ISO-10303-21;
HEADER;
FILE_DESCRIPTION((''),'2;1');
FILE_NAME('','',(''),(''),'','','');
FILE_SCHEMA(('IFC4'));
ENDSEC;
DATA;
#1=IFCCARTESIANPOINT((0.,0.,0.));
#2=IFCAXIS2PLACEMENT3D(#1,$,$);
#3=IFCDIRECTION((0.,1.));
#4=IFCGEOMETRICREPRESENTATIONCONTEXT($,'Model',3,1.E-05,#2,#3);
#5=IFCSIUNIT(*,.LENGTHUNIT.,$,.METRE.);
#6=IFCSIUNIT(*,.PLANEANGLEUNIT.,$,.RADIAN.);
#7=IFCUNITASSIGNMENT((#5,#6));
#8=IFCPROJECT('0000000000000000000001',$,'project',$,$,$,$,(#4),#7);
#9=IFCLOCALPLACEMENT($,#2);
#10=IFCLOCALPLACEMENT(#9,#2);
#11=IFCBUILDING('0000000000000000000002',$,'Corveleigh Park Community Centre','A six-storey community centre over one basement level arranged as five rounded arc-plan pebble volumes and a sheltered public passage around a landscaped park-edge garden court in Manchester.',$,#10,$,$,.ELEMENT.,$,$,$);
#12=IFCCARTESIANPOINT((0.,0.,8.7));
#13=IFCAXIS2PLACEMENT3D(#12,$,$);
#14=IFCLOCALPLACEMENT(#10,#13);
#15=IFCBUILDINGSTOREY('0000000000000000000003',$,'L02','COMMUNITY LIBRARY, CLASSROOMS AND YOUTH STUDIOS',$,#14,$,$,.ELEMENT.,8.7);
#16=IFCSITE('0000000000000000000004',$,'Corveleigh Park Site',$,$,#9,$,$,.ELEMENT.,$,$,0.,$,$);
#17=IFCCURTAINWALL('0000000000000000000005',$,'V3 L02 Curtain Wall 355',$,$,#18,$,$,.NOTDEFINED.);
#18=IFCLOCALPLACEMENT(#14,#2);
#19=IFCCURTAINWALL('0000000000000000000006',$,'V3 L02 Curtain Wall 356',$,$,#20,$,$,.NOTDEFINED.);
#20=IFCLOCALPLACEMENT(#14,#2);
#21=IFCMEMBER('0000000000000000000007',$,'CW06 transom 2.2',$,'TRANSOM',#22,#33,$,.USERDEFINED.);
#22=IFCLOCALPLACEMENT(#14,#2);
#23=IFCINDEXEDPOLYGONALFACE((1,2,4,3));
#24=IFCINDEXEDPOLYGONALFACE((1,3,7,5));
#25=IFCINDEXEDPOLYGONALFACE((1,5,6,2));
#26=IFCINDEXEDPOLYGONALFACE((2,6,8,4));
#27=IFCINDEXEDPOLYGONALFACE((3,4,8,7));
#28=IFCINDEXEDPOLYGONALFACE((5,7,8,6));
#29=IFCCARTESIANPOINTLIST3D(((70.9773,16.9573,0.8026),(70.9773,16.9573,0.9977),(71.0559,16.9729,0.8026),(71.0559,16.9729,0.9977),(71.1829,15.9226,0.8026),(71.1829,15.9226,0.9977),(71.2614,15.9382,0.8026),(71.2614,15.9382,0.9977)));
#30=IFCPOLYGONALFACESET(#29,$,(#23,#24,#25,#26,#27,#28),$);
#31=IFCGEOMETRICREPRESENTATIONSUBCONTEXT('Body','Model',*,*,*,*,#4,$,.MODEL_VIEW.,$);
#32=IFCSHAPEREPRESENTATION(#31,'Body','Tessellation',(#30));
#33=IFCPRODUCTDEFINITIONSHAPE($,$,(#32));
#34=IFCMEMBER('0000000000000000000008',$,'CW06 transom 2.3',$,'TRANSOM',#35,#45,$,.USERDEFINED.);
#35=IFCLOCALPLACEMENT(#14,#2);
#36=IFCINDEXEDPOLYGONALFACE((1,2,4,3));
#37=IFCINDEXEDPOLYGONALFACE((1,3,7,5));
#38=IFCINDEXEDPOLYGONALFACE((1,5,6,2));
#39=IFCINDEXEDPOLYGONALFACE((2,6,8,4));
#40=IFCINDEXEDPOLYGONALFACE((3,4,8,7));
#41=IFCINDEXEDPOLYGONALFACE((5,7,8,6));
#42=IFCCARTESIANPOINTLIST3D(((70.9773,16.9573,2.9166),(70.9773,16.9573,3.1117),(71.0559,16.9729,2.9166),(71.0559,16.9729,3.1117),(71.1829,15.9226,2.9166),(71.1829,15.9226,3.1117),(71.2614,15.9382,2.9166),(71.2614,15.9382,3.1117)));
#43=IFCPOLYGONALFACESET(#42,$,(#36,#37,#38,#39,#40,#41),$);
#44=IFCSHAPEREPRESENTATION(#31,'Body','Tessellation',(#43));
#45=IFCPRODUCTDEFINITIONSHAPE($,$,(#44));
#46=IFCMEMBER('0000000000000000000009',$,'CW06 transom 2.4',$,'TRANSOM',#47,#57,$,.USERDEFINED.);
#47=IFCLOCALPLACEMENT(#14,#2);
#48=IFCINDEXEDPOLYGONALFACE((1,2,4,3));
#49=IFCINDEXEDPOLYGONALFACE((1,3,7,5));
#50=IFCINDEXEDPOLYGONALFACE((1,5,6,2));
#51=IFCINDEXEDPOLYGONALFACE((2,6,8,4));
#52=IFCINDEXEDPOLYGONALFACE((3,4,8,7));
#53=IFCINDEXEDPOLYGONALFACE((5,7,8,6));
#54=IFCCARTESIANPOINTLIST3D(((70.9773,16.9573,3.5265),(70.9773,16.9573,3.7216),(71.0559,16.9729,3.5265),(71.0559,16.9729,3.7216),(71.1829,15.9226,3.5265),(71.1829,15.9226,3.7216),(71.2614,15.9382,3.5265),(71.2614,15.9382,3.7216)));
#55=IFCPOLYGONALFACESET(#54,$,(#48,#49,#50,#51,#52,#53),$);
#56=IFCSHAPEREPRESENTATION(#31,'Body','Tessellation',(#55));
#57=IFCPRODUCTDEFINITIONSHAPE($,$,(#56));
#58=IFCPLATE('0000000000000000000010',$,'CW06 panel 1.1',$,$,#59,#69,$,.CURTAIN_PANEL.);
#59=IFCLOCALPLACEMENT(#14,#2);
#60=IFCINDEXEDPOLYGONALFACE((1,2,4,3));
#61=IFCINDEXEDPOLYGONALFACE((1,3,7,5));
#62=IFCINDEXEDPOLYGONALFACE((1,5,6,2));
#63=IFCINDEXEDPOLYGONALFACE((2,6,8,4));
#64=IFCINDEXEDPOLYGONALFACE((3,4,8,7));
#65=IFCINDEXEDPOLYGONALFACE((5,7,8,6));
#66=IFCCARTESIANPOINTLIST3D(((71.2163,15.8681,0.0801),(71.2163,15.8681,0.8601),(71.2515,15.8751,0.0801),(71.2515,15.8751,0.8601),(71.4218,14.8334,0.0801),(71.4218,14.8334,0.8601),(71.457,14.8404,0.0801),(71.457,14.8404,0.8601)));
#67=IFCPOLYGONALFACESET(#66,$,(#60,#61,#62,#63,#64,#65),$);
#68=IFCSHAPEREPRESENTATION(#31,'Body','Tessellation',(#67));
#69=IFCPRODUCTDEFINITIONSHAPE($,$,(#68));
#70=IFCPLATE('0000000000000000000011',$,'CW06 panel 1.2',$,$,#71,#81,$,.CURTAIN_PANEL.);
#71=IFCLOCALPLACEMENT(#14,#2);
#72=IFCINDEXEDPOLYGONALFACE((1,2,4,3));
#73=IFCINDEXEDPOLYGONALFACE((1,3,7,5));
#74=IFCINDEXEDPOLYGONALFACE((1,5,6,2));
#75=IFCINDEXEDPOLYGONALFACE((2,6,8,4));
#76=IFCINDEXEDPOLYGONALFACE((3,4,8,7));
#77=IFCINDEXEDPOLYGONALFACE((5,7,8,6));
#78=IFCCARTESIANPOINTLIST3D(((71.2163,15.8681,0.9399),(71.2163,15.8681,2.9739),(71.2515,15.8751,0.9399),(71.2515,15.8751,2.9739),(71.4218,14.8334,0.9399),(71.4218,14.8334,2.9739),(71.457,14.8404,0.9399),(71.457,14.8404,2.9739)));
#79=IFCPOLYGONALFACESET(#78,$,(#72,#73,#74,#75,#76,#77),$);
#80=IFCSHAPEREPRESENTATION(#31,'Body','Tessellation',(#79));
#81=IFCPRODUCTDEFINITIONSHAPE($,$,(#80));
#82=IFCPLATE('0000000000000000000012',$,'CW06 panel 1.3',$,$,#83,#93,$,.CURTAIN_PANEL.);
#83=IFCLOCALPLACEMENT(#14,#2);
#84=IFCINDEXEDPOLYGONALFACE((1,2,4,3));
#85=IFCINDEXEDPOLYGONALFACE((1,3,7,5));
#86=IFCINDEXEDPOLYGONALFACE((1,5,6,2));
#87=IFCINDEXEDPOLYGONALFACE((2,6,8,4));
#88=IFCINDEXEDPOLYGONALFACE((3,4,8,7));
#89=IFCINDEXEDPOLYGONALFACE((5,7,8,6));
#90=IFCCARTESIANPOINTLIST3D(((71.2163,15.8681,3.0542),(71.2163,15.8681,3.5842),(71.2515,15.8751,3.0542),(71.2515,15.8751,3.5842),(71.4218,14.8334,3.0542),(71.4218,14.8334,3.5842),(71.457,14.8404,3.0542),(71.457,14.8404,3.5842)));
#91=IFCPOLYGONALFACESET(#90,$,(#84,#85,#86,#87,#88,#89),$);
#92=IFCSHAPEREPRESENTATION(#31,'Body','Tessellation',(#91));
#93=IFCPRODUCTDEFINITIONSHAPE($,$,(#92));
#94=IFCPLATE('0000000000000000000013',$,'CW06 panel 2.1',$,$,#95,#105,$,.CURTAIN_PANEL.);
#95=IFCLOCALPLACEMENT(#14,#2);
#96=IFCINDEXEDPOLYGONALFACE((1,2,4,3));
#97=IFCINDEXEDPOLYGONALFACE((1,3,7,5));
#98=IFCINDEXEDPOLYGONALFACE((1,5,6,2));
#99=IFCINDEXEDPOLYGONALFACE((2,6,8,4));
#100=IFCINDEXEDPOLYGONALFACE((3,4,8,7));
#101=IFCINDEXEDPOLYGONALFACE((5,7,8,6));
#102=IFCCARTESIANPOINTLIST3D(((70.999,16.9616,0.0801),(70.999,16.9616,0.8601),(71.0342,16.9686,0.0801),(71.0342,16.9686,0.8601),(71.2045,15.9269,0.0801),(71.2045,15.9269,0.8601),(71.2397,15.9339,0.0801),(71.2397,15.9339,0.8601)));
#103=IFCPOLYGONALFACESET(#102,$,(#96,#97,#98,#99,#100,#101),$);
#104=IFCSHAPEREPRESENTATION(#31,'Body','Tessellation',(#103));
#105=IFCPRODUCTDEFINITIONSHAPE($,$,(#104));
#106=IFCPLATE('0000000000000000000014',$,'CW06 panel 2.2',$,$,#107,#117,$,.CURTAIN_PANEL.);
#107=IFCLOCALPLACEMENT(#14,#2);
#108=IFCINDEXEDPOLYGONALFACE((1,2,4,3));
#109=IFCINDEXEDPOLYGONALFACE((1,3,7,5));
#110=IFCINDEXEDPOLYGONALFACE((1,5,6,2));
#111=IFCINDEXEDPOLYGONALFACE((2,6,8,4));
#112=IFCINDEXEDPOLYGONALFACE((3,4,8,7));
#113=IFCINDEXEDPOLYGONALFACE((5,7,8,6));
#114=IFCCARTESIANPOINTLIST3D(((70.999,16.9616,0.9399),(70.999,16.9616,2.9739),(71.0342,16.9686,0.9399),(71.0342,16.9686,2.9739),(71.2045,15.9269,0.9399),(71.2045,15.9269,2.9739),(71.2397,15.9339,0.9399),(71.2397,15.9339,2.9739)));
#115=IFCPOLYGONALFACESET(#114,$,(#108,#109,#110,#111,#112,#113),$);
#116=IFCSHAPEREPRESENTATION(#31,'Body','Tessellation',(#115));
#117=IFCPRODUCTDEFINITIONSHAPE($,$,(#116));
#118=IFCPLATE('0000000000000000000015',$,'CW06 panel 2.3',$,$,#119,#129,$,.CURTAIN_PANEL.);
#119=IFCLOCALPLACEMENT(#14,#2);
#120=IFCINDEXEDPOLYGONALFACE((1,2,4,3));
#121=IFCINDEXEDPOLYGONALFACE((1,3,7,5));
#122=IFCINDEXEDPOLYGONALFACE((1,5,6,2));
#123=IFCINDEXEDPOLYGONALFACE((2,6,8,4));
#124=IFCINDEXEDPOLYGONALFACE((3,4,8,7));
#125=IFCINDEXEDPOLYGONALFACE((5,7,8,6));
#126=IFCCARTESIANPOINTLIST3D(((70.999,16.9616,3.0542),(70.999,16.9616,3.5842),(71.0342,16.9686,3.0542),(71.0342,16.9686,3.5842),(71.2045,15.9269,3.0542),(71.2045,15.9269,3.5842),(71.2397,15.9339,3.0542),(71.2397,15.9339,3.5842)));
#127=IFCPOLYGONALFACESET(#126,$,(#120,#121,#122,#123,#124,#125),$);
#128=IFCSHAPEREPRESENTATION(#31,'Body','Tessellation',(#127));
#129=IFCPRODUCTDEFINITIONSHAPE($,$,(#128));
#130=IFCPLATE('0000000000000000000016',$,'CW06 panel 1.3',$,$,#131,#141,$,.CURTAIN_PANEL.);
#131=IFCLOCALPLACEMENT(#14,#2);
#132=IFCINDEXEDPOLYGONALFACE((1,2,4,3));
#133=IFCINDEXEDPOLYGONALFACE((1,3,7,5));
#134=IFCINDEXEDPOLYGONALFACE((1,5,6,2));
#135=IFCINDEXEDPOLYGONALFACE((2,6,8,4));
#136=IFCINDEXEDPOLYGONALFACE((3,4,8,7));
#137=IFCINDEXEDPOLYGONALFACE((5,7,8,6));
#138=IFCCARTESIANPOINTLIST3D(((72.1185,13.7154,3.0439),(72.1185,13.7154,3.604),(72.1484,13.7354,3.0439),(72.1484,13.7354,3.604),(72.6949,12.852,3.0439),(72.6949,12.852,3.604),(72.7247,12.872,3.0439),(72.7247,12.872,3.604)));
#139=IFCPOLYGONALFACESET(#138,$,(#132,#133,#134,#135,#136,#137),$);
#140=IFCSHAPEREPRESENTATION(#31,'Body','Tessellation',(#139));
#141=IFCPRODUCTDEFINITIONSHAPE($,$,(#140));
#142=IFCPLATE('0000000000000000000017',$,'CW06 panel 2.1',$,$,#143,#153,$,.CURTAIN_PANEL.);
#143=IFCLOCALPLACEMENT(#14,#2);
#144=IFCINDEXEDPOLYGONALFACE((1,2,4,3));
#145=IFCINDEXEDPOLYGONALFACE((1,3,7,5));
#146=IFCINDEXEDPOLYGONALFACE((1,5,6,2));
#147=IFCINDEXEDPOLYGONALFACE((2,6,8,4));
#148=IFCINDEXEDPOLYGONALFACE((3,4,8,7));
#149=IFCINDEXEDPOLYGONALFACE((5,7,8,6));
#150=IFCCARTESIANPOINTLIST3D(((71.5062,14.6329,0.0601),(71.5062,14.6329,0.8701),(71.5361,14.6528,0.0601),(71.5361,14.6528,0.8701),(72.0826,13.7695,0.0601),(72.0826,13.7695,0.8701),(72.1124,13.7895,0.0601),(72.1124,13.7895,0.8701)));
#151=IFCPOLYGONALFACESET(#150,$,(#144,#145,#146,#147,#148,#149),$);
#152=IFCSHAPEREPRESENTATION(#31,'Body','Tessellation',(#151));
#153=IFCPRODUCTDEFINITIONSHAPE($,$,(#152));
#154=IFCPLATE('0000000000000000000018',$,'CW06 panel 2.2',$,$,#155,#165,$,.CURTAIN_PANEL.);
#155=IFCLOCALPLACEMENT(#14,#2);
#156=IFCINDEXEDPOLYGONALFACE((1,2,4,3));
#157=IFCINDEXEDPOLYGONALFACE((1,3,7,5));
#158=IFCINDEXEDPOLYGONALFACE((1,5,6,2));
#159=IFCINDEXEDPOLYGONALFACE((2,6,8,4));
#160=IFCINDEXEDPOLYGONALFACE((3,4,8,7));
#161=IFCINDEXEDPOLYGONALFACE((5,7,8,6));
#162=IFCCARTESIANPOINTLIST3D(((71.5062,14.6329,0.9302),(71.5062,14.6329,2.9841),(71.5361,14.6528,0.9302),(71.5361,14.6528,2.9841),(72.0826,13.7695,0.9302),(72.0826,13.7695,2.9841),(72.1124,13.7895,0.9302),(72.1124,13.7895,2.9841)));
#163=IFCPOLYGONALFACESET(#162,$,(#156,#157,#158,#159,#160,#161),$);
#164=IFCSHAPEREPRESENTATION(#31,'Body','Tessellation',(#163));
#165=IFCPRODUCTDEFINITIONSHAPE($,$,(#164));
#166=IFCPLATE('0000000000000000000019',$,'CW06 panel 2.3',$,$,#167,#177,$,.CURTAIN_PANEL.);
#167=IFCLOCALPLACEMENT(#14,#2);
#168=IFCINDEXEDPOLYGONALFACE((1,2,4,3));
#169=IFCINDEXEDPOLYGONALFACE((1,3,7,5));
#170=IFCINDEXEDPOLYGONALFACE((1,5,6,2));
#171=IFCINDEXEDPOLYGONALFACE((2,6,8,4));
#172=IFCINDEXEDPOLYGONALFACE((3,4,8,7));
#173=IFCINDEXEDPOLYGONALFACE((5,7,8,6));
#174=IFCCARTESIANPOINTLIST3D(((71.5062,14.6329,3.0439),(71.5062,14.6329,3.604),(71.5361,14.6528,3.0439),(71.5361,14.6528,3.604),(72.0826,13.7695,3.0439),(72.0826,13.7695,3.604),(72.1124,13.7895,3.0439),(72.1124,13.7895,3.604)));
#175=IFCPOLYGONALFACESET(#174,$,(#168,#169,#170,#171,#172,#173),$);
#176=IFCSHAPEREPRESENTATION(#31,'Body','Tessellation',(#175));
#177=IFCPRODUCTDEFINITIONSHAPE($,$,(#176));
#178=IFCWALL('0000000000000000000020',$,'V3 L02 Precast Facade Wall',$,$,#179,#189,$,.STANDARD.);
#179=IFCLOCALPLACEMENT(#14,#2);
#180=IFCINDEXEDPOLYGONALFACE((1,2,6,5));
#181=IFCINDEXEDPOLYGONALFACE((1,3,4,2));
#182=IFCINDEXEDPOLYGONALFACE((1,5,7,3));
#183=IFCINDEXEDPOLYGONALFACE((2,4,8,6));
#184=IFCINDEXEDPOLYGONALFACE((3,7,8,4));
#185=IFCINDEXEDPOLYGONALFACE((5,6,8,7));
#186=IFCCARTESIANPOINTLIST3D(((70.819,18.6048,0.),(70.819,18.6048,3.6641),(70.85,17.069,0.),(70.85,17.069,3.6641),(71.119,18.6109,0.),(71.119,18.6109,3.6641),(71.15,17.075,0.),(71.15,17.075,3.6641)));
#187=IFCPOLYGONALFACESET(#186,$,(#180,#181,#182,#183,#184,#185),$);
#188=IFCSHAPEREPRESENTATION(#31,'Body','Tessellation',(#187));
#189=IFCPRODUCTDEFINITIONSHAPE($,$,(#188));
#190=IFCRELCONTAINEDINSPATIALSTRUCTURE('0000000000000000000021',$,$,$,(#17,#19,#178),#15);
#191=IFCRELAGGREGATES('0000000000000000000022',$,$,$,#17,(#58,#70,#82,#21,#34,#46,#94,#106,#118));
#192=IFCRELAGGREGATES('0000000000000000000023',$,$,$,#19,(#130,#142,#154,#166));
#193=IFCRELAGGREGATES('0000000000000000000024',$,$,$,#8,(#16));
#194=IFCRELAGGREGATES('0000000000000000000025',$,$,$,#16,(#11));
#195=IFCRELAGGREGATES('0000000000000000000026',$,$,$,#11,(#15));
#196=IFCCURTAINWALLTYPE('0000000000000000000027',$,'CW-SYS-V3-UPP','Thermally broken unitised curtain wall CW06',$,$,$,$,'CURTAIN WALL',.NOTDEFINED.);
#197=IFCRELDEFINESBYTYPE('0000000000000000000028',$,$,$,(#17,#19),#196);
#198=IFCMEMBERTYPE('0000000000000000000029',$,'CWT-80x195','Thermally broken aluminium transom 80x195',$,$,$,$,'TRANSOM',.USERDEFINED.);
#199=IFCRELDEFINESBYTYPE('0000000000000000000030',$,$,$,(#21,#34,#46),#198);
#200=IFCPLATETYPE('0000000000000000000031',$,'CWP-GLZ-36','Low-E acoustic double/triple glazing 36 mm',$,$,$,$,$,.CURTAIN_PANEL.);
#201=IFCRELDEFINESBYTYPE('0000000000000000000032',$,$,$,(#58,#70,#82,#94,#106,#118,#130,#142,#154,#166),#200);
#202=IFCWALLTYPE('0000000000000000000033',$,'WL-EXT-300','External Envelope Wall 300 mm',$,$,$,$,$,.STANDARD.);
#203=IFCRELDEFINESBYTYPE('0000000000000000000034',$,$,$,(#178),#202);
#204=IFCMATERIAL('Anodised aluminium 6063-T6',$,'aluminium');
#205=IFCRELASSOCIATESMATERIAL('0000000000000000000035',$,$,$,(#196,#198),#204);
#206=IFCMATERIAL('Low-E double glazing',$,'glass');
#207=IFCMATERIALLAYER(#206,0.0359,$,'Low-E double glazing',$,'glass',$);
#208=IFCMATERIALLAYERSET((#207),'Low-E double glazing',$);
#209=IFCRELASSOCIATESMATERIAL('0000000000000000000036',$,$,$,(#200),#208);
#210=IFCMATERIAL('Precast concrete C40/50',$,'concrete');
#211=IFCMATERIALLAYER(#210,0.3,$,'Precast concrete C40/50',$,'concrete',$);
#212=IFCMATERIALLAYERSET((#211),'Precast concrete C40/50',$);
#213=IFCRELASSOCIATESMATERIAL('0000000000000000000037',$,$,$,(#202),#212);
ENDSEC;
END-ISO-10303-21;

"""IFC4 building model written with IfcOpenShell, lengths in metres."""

from ifc_helpers import new_model, si_unit, direction, frame, frame_2d, origin, origin_2d, place, context, subcontext, project, spatial, rectangle, extrude, material, layer, layer_set, material_profile, profile_set, type_object, element, aggregate, save


model = new_model("IFC4")

# Units and contexts
model_context = context("Model", 3, precision=1e-05, world=origin(), true_north=direction((0.0, 1.0)))
body_context = subcontext(model_context, "Body", "Model", "MODEL_VIEW")
ifc_project = project(units=[si_unit("LENGTHUNIT", "METRE"), si_unit("PLANEANGLEUNIT", "RADIAN")], contexts=[model_context])

# Site, building, storey
site_placement = place(None, origin())
site = spatial("IfcSite", under=ifc_project, at=site_placement, Name="Corveleigh Park Site", CompositionType="ELEMENT", RefElevation=0.0)
building_placement = place(site_placement, origin())
building = spatial("IfcBuilding", under=site, at=building_placement, Name="Corveleigh Park Community Centre", Description="A six-storey community centre over one basement level arranged as five rounded arc-plan pebble volumes and a sheltered public passage around a landscaped park-edge garden court in Manchester.", CompositionType="ELEMENT")
storey_placement = place(building_placement, frame((0.0, 0.0, 8.7)))
storey = spatial("IfcBuildingStorey", under=building, at=storey_placement, Name="L02", Description="COMMUNITY LIBRARY, CLASSROOMS AND YOUTH STUDIOS", CompositionType="ELEMENT", Elevation=8.7)

# Curtain walls
ifc_material_1 = material(Name="Anodised aluminium 6063-T6", Category="aluminium")
curtain_wall_type = type_object("IfcCurtainWallType", Name="CW-SYS-V3-UPP", Description="Thermally broken unitised curtain wall CW06", ElementType="CURTAIN WALL", PredefinedType="NOTDEFINED", material=ifc_material_1)
curtain_wall_1_placement = place(storey_placement, origin())
curtain_wall_1 = element("IfcCurtainWall", 1, at=curtain_wall_1_placement, inside=storey, type_object=curtain_wall_type, Name="V3 L02 Curtain Wall 355", PredefinedType="NOTDEFINED")
curtain_wall_2_placement = place(storey_placement, origin())
curtain_wall_2 = element("IfcCurtainWall", 2, at=curtain_wall_2_placement, inside=storey, type_object=curtain_wall_type, Name="V3 L02 Curtain Wall 356", PredefinedType="NOTDEFINED")

# Members
ifc_material_profile_1 = material_profile(ifc_material_1, rectangle(XDim=0.0801, YDim=0.1951, at=origin_2d()), Name="ALU-T80x195", Category="aluminium")
ifc_profile_set_1 = profile_set([ifc_material_profile_1], Name="Anodised aluminium 6063-T6")
member_type_1 = type_object("IfcMemberType", Name="CWT-80x195", Description="Thermally broken aluminium transom 80x195", ElementType="TRANSOM", PredefinedType="USERDEFINED", material=ifc_profile_set_1)
member_1_placement = place(storey_placement, frame((71.2222, 15.9304, 0.9001), z_axis=(-0.19487, 0.980829, 0.0), x_axis=(-0.980829, -0.19487, 0.0)))
member_1 = element("IfcMember", 3, at=member_1_placement, type_object=member_type_1, Name="CW06 transom 2.2", ObjectType="TRANSOM", PredefinedType="USERDEFINED", context=body_context, shape_type="SweptSolid", body=[
    extrude(rectangle(XDim=0.0801, YDim=0.1951, at=origin_2d()), origin(), (0.0, 0.0, 1.0), 1.0549),
])
member_2_placement = place(storey_placement, frame((71.2222, 15.9304, 3.0142), z_axis=(-0.19487, 0.980829, 0.0), x_axis=(-0.980829, -0.19487, 0.0)))
member_2 = element("IfcMember", 4, at=member_2_placement, type_object=member_type_1, Name="CW06 transom 2.3", ObjectType="TRANSOM", PredefinedType="USERDEFINED", context=body_context, shape_type="SweptSolid", body=[
    extrude(rectangle(XDim=0.0801, YDim=0.1951, at=origin_2d()), origin(), (0.0, 0.0, 1.0), 1.0549),
])
member_3_placement = place(storey_placement, frame((71.2222, 15.9304, 3.624), z_axis=(-0.19487, 0.980829, 0.0), x_axis=(-0.980829, -0.19487, 0.0)))
member_3 = element("IfcMember", 5, at=member_3_placement, type_object=member_type_1, Name="CW06 transom 2.4", ObjectType="TRANSOM", PredefinedType="USERDEFINED", context=body_context, shape_type="SweptSolid", body=[
    extrude(rectangle(XDim=0.0801, YDim=0.1951, at=origin_2d()), origin(), (0.0, 0.0, 1.0), 1.0549),
])

# Plates
ifc_material_2 = material(Name="Low-E double glazing", Category="glass")
ifc_layer_1 = layer(ifc_material_2, 0.0359, Name="Low-E double glazing", Category="glass")
ifc_layer_set_1 = layer_set([ifc_layer_1], Name="Low-E double glazing")
plate_type = type_object("IfcPlateType", Name="CWP-GLZ-36", Description="Low-E acoustic double/triple glazing 36 mm", PredefinedType="CURTAIN_PANEL", material=ifc_layer_set_1)
plate_1_placement = place(storey_placement, frame((71.3367, 15.3542, 0.0801), z_axis=(0.0, 0.0, 1.0), x_axis=(-0.194772, 0.980848, 0.0)))
plate_1 = element("IfcPlate", 6, at=plate_1_placement, type_object=plate_type, Name="CW06 panel 1.1", PredefinedType="CURTAIN_PANEL", context=body_context, shape_type="SweptSolid", body=[
    extrude(rectangle(XDim=1.0549, YDim=0.0359, at=origin_2d()), origin(), (0.0, 0.0, 1.0), 0.78),
])
plate_2_placement = place(storey_placement, frame((71.3367, 15.3542, 0.9399), z_axis=(0.0, 0.0, 1.0), x_axis=(-0.194772, 0.980848, 0.0)))
plate_2 = element("IfcPlate", 7, at=plate_2_placement, type_object=plate_type, Name="CW06 panel 1.2", PredefinedType="CURTAIN_PANEL", context=body_context, shape_type="SweptSolid", body=[
    extrude(rectangle(XDim=1.0549, YDim=0.0359, at=origin_2d()), origin(), (0.0, 0.0, 1.0), 2.0339),
])
plate_3_placement = place(storey_placement, frame((71.3367, 15.3542, 3.0542), z_axis=(0.0, 0.0, 1.0), x_axis=(-0.194772, 0.980848, 0.0)))
plate_3 = element("IfcPlate", 8, at=plate_3_placement, type_object=plate_type, Name="CW06 panel 1.3", PredefinedType="CURTAIN_PANEL", context=body_context, shape_type="SweptSolid", body=[
    extrude(rectangle(XDim=1.0549, YDim=0.0359, at=origin_2d()), origin(), (0.0, 0.0, 1.0), 0.53),
])
plate_4_placement = place(storey_placement, frame((71.1194, 16.4478, 0.0801), z_axis=(0.0, 0.0, 1.0), x_axis=(-0.194772, 0.980848, 0.0)))
plate_4 = element("IfcPlate", 9, at=plate_4_placement, type_object=plate_type, Name="CW06 panel 2.1", PredefinedType="CURTAIN_PANEL", context=body_context, shape_type="SweptSolid", body=[
    extrude(rectangle(XDim=1.0549, YDim=0.0359, at=origin_2d()), origin(), (0.0, 0.0, 1.0), 0.78),
])
plate_5_placement = place(storey_placement, frame((71.1194, 16.4478, 0.9399), z_axis=(0.0, 0.0, 1.0), x_axis=(-0.194772, 0.980848, 0.0)))
plate_5 = element("IfcPlate", 10, at=plate_5_placement, type_object=plate_type, Name="CW06 panel 2.2", PredefinedType="CURTAIN_PANEL", context=body_context, shape_type="SweptSolid", body=[
    extrude(rectangle(XDim=1.0549, YDim=0.0359, at=origin_2d()), origin(), (0.0, 0.0, 1.0), 2.0339),
])
plate_6_placement = place(storey_placement, frame((71.1194, 16.4478, 3.0542), z_axis=(0.0, 0.0, 1.0), x_axis=(-0.194772, 0.980848, 0.0)))
plate_6 = element("IfcPlate", 11, at=plate_6_placement, type_object=plate_type, Name="CW06 panel 2.3", PredefinedType="CURTAIN_PANEL", context=body_context, shape_type="SweptSolid", body=[
    extrude(rectangle(XDim=1.0549, YDim=0.0359, at=origin_2d()), origin(), (0.0, 0.0, 1.0), 0.53),
])
aggregate(curtain_wall_1, [plate_1, plate_2, plate_3, member_1, member_2, member_3, plate_4, plate_5, plate_6])
plate_7_placement = place(storey_placement, frame((72.4216, 13.2937, 3.0439), z_axis=(0.0, 0.0, 1.0), x_axis=(-0.555208, 0.831711, 0.0)))
plate_7 = element("IfcPlate", 12, at=plate_7_placement, type_object=plate_type, Name="CW06 panel 1.3", PredefinedType="CURTAIN_PANEL", context=body_context, shape_type="SweptSolid", body=[
    extrude(rectangle(XDim=1.0381, YDim=0.0359, at=origin_2d()), origin(), (0.0, 0.0, 1.0), 0.5601),
])
plate_8_placement = place(storey_placement, frame((71.8093, 14.2112, 0.0601), z_axis=(0.0, 0.0, 1.0), x_axis=(-0.555208, 0.831711, 0.0)))
plate_8 = element("IfcPlate", 13, at=plate_8_placement, type_object=plate_type, Name="CW06 panel 2.1", PredefinedType="CURTAIN_PANEL", context=body_context, shape_type="SweptSolid", body=[
    extrude(rectangle(XDim=1.0381, YDim=0.0359, at=origin_2d()), origin(), (0.0, 0.0, 1.0), 0.8101),
])
plate_9_placement = place(storey_placement, frame((71.8093, 14.2112, 0.9302), z_axis=(0.0, 0.0, 1.0), x_axis=(-0.555208, 0.831711, 0.0)))
plate_9 = element("IfcPlate", 14, at=plate_9_placement, type_object=plate_type, Name="CW06 panel 2.2", PredefinedType="CURTAIN_PANEL", context=body_context, shape_type="SweptSolid", body=[
    extrude(rectangle(XDim=1.0381, YDim=0.0359, at=origin_2d()), origin(), (0.0, 0.0, 1.0), 2.054),
])
plate_10_placement = place(storey_placement, frame((71.8093, 14.2112, 3.0439), z_axis=(0.0, 0.0, 1.0), x_axis=(-0.555208, 0.831711, 0.0)))
plate_10 = element("IfcPlate", 15, at=plate_10_placement, type_object=plate_type, Name="CW06 panel 2.3", PredefinedType="CURTAIN_PANEL", context=body_context, shape_type="SweptSolid", body=[
    extrude(rectangle(XDim=1.0381, YDim=0.0359, at=origin_2d()), origin(), (0.0, 0.0, 1.0), 0.5601),
])
aggregate(curtain_wall_2, [plate_7, plate_8, plate_9, plate_10])

# Wall
ifc_material_3 = material(Name="Precast concrete C40/50", Category="concrete")
ifc_layer_2 = layer(ifc_material_3, 0.3, Name="Precast concrete C40/50", Category="concrete")
ifc_layer_set_2 = layer_set([ifc_layer_2], Name="Precast concrete C40/50")
wall_type = type_object("IfcWallType", Name="WL-EXT-300", Description="External Envelope Wall 300 mm", PredefinedType="STANDARD", material=ifc_layer_set_2)
wall_placement = place(storey_placement, frame((71.0, 17.072, 0.0), z_axis=(0.0, 0.0, 1.0), x_axis=(-0.020183, 0.999796, 0.0)))
element("IfcWall", 16, at=wall_placement, inside=storey, type_object=wall_type, Name="V3 L02 Precast Facade Wall", PredefinedType="STANDARD", context=body_context, shape_type="SweptSolid", body=[
    extrude(rectangle(XDim=1.5361, YDim=0.3, at=frame_2d((0.7681, 0.0))), origin(), (0.0, 0.0, 1.0), 3.6641),
])

save(model, "model.ifc")
